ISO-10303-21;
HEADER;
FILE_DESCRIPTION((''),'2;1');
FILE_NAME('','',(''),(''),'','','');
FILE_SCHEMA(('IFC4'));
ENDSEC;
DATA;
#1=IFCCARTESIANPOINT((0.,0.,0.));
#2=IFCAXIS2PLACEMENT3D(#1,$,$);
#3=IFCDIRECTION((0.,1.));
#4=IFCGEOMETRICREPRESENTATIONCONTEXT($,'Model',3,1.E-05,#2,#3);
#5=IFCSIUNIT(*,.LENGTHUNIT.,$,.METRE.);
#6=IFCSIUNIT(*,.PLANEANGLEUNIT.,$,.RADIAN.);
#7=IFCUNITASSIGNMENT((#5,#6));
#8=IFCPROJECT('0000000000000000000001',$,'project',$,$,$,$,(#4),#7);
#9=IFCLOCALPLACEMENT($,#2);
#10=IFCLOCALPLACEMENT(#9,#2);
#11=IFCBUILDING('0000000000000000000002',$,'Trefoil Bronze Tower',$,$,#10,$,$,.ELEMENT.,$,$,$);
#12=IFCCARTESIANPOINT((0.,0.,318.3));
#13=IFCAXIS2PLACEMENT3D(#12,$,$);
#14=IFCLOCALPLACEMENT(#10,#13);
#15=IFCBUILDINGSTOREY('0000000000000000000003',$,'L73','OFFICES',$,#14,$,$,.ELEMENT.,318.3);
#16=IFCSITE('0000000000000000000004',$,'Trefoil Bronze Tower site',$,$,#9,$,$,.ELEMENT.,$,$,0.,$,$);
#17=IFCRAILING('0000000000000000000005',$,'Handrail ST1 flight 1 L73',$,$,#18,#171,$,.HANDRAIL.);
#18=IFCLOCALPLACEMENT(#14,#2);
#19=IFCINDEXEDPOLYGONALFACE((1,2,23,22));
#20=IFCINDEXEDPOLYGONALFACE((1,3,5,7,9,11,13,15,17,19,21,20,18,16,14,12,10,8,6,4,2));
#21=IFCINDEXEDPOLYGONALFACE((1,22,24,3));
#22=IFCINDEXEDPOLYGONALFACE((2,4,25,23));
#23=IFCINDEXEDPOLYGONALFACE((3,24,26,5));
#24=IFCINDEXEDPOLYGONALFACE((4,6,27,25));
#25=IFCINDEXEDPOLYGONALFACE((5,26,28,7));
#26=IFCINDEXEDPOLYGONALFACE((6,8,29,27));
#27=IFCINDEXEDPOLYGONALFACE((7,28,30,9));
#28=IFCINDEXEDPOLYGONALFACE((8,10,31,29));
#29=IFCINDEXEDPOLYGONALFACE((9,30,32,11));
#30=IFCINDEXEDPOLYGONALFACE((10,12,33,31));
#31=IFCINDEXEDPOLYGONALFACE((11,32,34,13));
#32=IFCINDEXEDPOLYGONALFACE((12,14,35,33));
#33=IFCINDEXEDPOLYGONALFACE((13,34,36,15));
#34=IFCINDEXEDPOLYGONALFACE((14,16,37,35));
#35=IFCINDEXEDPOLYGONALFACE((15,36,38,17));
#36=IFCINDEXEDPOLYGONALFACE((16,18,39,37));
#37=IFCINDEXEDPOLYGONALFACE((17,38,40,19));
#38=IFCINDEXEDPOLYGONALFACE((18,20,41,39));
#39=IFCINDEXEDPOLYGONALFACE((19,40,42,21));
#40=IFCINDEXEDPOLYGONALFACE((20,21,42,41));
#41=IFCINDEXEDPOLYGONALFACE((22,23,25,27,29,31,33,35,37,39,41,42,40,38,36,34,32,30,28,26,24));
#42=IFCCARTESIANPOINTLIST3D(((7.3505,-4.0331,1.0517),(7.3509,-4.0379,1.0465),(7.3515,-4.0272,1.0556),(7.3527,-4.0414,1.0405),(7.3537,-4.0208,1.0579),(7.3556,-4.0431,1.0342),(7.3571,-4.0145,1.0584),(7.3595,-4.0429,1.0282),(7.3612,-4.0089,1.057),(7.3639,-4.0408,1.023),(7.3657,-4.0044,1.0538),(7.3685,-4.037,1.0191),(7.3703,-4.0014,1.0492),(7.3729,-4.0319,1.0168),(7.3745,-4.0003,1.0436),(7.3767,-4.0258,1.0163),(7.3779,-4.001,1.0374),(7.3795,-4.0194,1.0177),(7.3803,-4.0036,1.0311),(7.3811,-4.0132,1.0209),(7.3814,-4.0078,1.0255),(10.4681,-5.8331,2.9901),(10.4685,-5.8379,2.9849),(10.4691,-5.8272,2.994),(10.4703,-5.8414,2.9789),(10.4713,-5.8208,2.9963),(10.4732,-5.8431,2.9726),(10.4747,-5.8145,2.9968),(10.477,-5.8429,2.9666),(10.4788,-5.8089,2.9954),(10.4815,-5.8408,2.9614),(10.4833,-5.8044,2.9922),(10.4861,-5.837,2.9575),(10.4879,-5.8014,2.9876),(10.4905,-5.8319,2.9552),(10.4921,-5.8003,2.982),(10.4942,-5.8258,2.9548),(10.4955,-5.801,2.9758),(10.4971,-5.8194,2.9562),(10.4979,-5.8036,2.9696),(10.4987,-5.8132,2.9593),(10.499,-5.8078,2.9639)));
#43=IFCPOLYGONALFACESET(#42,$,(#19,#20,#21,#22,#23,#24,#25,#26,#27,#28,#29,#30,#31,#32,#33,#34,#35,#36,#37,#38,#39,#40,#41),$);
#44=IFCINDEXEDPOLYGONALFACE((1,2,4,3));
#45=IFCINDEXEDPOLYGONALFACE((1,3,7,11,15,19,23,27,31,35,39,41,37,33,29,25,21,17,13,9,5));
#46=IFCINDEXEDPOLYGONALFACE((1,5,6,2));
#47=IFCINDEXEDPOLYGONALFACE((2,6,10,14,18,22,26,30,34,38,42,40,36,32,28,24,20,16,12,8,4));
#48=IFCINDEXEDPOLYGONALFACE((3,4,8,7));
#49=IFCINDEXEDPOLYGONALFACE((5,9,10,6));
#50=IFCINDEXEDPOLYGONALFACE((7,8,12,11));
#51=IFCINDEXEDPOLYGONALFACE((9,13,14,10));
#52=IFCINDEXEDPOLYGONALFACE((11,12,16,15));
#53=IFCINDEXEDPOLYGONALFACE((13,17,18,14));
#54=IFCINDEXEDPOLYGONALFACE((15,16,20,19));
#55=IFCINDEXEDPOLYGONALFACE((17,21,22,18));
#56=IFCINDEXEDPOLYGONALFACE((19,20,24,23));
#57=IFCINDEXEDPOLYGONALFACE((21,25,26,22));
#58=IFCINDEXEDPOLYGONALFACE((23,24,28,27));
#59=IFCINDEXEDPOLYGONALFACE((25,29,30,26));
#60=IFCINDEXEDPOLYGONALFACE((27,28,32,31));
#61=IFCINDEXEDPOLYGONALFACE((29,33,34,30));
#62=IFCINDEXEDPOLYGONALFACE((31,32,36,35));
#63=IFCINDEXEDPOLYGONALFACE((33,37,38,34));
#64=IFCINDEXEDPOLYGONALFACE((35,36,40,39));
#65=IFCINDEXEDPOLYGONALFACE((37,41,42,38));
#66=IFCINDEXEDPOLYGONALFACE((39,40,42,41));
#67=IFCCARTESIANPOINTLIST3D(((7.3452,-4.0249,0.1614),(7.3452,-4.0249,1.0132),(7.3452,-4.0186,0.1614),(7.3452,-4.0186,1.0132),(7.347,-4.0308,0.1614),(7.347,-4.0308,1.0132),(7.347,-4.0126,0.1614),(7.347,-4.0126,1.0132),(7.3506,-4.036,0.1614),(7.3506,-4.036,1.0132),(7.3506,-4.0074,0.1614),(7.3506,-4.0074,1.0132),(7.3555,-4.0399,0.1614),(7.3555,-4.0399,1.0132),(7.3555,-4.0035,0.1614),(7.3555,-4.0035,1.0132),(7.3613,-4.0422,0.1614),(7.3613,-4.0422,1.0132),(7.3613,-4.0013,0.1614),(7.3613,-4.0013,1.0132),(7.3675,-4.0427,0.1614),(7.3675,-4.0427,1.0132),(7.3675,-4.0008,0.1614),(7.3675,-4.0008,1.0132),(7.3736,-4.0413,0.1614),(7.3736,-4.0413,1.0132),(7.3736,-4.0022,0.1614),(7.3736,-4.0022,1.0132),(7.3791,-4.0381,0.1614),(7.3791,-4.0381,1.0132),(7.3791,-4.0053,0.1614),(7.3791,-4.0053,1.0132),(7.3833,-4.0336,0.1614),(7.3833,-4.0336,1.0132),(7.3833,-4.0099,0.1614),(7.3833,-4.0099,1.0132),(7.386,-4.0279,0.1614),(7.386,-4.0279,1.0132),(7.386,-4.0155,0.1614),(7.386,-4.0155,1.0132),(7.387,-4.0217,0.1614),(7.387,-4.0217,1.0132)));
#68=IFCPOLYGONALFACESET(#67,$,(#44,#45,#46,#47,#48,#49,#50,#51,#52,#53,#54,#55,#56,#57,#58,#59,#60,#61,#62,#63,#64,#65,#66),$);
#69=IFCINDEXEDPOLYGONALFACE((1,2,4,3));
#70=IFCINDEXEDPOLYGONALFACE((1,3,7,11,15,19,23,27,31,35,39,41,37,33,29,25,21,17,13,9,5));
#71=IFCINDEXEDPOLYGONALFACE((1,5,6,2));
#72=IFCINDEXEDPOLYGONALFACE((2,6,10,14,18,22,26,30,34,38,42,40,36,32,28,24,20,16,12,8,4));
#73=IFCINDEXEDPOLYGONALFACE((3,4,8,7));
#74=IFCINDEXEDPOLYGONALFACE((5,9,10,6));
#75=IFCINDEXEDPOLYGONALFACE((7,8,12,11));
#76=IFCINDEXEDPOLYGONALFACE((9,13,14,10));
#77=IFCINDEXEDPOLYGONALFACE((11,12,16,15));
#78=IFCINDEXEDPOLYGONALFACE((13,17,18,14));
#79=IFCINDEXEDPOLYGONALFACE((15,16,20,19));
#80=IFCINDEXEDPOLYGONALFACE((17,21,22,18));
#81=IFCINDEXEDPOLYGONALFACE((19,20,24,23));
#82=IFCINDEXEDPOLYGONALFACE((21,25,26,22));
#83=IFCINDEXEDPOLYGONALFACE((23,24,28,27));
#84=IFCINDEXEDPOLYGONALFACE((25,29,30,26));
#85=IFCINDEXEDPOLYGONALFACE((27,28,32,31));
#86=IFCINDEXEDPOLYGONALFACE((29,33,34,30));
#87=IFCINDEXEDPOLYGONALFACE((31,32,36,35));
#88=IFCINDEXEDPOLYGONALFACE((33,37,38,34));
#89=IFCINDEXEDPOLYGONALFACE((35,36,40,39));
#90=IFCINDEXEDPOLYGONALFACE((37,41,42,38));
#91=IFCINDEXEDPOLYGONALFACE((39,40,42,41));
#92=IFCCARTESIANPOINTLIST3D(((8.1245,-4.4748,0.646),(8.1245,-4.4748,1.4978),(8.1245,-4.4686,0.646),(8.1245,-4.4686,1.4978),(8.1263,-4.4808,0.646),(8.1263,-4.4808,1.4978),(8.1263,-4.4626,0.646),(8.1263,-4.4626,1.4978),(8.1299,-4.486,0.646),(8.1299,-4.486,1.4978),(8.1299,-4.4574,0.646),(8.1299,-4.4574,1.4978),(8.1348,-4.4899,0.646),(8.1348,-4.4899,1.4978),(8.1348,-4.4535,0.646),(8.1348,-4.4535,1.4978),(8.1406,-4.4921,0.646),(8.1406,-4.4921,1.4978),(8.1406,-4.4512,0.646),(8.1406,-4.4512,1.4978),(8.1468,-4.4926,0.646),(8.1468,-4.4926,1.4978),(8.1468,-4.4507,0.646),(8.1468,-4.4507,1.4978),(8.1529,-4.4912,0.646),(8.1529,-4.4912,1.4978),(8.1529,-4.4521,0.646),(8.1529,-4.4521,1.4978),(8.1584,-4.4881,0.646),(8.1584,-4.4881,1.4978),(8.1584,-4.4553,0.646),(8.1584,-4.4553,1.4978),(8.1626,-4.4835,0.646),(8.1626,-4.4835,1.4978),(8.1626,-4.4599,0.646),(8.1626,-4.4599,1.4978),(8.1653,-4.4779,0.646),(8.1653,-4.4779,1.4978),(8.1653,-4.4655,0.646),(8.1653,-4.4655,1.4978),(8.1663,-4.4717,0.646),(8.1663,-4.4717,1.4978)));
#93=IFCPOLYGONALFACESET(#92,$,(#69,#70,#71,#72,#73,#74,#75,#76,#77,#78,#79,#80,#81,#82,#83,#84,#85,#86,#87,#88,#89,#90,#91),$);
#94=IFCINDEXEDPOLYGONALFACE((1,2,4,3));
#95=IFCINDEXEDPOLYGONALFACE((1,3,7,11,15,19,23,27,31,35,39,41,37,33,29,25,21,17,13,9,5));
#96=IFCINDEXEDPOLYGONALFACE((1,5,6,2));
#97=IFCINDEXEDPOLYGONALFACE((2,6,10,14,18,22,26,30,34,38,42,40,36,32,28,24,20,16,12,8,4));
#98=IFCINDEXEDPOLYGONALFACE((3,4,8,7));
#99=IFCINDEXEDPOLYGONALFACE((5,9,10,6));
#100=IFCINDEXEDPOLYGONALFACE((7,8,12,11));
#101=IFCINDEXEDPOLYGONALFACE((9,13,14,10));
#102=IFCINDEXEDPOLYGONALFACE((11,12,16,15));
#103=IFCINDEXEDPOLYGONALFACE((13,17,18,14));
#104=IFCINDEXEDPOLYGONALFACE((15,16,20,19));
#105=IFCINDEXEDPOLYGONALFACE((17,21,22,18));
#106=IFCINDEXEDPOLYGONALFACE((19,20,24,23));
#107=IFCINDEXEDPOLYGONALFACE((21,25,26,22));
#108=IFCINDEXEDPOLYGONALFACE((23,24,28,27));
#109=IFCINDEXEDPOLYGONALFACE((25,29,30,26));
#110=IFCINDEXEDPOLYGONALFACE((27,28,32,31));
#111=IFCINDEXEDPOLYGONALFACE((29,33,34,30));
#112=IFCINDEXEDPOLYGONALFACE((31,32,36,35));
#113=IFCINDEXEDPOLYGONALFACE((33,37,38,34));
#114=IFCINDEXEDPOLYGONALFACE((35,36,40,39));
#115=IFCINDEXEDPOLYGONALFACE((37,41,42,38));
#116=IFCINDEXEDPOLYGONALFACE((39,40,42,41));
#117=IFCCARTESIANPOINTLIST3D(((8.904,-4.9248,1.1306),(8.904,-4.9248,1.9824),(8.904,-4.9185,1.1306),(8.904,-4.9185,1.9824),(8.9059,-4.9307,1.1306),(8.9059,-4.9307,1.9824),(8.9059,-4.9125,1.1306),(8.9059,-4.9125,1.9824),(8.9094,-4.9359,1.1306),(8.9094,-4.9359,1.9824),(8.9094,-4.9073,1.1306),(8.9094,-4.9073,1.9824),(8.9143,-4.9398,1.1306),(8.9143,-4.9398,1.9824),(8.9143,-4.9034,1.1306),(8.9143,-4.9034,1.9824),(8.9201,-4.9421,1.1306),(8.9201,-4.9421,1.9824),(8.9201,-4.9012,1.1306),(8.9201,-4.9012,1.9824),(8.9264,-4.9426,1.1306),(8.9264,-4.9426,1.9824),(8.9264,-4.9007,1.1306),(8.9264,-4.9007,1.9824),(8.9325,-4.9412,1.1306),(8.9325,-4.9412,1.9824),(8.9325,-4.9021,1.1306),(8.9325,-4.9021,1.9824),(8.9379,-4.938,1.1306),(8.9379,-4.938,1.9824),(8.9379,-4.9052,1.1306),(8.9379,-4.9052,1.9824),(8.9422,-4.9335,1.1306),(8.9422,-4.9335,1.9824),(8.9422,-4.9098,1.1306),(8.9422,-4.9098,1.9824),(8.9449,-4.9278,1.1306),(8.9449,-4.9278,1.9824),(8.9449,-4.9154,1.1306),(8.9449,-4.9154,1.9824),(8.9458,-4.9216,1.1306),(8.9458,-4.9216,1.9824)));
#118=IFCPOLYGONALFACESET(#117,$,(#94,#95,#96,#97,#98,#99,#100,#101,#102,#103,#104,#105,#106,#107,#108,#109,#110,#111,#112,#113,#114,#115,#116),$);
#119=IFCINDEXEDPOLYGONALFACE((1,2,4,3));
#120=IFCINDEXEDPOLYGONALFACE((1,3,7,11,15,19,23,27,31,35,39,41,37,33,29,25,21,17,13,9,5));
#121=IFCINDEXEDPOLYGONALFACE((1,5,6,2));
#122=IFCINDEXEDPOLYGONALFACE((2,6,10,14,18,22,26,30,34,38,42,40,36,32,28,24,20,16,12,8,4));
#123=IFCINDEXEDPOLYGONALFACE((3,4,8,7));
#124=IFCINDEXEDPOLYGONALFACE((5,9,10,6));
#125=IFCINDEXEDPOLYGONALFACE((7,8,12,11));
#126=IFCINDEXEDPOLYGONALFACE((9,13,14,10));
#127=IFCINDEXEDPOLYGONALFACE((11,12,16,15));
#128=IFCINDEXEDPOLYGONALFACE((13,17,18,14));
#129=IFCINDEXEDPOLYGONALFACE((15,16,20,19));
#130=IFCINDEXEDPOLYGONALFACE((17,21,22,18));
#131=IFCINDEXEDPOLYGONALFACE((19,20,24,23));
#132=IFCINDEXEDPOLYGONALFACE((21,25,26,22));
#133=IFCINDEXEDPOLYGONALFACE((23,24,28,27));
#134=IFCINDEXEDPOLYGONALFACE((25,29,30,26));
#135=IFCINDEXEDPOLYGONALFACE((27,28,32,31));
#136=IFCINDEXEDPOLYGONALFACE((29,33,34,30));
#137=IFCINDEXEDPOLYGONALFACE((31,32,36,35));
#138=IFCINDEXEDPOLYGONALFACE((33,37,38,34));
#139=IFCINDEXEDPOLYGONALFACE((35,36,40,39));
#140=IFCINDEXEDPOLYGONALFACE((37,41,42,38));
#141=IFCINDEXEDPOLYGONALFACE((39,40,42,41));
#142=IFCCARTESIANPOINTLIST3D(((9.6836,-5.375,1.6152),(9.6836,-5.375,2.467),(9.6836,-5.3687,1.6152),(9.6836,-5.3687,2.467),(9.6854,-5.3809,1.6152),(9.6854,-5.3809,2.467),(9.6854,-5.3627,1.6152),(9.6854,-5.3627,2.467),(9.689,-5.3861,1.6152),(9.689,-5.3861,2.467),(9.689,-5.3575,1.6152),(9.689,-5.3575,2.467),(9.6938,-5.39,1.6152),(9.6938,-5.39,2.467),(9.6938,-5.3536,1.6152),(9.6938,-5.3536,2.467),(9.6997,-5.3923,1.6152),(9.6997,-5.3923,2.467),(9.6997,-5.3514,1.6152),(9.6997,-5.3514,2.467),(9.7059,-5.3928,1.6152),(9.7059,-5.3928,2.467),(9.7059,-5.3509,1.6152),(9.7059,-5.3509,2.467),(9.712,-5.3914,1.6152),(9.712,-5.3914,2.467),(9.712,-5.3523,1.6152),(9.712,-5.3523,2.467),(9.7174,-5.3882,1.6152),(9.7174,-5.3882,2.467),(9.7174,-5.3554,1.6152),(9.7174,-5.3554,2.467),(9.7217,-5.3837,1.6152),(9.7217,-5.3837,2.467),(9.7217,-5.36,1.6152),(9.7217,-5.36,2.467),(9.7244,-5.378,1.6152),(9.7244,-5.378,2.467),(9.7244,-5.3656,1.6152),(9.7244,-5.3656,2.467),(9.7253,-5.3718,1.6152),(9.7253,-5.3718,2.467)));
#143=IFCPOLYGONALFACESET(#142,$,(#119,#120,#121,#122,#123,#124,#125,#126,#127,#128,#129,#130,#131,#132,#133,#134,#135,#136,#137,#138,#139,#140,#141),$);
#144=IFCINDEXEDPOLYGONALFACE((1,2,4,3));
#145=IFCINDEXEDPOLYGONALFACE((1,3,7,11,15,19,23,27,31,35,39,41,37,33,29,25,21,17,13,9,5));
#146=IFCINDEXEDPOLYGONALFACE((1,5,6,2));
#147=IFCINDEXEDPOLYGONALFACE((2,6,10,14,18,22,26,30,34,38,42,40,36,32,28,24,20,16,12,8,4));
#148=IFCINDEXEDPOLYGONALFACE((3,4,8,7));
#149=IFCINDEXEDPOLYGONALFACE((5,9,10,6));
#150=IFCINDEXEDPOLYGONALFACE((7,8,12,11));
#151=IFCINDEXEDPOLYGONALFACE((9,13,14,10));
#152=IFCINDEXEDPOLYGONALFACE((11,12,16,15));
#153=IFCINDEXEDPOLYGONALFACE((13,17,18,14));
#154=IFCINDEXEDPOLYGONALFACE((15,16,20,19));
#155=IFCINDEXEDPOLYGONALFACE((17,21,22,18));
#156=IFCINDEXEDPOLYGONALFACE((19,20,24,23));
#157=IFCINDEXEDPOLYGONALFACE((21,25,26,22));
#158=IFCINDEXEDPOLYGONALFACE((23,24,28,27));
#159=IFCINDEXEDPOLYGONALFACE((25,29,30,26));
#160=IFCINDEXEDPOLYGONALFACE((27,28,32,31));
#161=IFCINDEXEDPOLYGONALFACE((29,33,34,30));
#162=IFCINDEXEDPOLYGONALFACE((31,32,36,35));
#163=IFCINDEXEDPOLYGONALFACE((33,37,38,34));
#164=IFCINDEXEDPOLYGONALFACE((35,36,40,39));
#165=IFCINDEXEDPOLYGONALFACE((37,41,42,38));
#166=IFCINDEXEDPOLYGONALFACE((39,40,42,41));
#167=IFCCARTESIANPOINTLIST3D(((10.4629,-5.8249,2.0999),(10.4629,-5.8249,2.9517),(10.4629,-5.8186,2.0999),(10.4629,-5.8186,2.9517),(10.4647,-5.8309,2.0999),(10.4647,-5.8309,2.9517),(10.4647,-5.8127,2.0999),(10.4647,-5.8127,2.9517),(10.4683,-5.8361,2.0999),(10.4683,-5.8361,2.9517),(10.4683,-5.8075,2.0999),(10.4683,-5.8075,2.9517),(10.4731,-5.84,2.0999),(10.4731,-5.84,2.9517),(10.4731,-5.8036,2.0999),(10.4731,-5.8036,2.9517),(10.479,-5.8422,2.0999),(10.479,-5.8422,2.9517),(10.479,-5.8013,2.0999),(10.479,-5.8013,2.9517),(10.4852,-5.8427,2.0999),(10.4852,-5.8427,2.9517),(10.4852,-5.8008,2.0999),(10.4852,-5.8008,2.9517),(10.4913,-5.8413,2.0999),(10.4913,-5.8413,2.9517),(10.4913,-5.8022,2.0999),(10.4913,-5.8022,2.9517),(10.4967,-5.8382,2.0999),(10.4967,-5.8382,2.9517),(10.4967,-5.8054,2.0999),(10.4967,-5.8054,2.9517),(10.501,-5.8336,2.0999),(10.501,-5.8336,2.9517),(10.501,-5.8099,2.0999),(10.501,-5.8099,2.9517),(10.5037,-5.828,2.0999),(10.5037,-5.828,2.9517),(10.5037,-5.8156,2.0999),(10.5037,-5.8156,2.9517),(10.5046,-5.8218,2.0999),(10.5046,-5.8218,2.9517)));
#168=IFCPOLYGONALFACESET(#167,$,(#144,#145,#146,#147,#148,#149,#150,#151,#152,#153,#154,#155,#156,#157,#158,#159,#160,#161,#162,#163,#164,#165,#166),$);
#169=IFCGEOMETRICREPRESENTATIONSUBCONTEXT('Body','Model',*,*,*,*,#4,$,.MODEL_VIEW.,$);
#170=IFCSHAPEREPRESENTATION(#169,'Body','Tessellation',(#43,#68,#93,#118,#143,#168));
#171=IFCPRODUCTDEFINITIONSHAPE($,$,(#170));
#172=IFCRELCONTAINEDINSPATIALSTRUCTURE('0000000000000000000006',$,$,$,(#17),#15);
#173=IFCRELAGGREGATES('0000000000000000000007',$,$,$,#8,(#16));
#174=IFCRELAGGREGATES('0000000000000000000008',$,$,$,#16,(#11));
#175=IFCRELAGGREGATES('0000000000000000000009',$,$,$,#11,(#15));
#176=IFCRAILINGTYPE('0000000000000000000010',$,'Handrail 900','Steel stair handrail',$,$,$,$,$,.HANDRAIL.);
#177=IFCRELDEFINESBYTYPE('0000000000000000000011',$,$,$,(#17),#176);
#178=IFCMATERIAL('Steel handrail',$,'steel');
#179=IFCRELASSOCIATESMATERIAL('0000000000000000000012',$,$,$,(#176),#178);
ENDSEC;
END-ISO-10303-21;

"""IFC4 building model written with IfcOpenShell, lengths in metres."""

from ifc_helpers import new_model, si_unit, direction, frame, origin, origin_2d, place, context, subcontext, project, spatial, circle, extrude, material, type_object, element, save


model = new_model("IFC4")

# Units and contexts
model_context = context("Model", 3, precision=1e-05, world=origin(), true_north=direction((0.0, 1.0)))
body_context = subcontext(model_context, "Body", "Model", "MODEL_VIEW")
ifc_project = project(units=[si_unit("LENGTHUNIT", "METRE"), si_unit("PLANEANGLEUNIT", "RADIAN")], contexts=[model_context])

# Site, building, storey
site_placement = place(None, origin())
site = spatial("IfcSite", under=ifc_project, at=site_placement, Name="Trefoil Bronze Tower site", CompositionType="ELEMENT", RefElevation=0.0)
building_placement = place(site_placement, origin())
building = spatial("IfcBuilding", under=site, at=building_placement, Name="Trefoil Bronze Tower", CompositionType="ELEMENT")
storey_placement = place(building_placement, frame((0.0, 0.0, 318.3)))
storey = spatial("IfcBuildingStorey", under=building, at=storey_placement, Name="L73", Description="OFFICES", CompositionType="ELEMENT", Elevation=318.3)

# Railing
ifc_material_1 = material(Name="Steel handrail", Category="steel")
railing_type = type_object("IfcRailingType", Name="Handrail 900", Description="Steel stair handrail", PredefinedType="HANDRAIL", material=ifc_material_1)
railing_1_placement = place(storey_placement, frame((7.366, -4.0217, 0.1614)))
element("IfcRailing", 1, at=railing_1_placement, inside=storey, type_object=railing_type, Name="Handrail ST1 flight 1 L73", PredefinedType="HANDRAIL", context=body_context, shape_type="SweptSolid", body=[
    extrude(circle(Radius=0.0239, at=origin_2d()), frame((0.0, 0.0, 0.876), z_axis=(0.762503, -0.440246, 0.474102), x_axis=(0.500012, 0.866018, 0.0)), (0.0, 0.0, 1.0), 4.0886),
    extrude(circle(Radius=0.021, at=origin_2d()), origin(), (0.0, 0.0, 1.0), 0.8518),
    extrude(circle(Radius=0.021, at=origin_2d()), frame((0.7793, -0.45, 0.4846)), (0.0, 0.0, 1.0), 0.8518),
    extrude(circle(Radius=0.021, at=origin_2d()), frame((1.5588, -0.8999, 0.9692)), (0.0, 0.0, 1.0), 0.8518),
    extrude(circle(Radius=0.021, at=origin_2d()), frame((2.3384, -1.3501, 1.4539)), (0.0, 0.0, 1.0), 0.8518),
    extrude(circle(Radius=0.021, at=origin_2d()), frame((3.1177, -1.8, 1.9385)), (0.0, 0.0, 1.0), 0.8518),
])

save(model, "model.ifc")
